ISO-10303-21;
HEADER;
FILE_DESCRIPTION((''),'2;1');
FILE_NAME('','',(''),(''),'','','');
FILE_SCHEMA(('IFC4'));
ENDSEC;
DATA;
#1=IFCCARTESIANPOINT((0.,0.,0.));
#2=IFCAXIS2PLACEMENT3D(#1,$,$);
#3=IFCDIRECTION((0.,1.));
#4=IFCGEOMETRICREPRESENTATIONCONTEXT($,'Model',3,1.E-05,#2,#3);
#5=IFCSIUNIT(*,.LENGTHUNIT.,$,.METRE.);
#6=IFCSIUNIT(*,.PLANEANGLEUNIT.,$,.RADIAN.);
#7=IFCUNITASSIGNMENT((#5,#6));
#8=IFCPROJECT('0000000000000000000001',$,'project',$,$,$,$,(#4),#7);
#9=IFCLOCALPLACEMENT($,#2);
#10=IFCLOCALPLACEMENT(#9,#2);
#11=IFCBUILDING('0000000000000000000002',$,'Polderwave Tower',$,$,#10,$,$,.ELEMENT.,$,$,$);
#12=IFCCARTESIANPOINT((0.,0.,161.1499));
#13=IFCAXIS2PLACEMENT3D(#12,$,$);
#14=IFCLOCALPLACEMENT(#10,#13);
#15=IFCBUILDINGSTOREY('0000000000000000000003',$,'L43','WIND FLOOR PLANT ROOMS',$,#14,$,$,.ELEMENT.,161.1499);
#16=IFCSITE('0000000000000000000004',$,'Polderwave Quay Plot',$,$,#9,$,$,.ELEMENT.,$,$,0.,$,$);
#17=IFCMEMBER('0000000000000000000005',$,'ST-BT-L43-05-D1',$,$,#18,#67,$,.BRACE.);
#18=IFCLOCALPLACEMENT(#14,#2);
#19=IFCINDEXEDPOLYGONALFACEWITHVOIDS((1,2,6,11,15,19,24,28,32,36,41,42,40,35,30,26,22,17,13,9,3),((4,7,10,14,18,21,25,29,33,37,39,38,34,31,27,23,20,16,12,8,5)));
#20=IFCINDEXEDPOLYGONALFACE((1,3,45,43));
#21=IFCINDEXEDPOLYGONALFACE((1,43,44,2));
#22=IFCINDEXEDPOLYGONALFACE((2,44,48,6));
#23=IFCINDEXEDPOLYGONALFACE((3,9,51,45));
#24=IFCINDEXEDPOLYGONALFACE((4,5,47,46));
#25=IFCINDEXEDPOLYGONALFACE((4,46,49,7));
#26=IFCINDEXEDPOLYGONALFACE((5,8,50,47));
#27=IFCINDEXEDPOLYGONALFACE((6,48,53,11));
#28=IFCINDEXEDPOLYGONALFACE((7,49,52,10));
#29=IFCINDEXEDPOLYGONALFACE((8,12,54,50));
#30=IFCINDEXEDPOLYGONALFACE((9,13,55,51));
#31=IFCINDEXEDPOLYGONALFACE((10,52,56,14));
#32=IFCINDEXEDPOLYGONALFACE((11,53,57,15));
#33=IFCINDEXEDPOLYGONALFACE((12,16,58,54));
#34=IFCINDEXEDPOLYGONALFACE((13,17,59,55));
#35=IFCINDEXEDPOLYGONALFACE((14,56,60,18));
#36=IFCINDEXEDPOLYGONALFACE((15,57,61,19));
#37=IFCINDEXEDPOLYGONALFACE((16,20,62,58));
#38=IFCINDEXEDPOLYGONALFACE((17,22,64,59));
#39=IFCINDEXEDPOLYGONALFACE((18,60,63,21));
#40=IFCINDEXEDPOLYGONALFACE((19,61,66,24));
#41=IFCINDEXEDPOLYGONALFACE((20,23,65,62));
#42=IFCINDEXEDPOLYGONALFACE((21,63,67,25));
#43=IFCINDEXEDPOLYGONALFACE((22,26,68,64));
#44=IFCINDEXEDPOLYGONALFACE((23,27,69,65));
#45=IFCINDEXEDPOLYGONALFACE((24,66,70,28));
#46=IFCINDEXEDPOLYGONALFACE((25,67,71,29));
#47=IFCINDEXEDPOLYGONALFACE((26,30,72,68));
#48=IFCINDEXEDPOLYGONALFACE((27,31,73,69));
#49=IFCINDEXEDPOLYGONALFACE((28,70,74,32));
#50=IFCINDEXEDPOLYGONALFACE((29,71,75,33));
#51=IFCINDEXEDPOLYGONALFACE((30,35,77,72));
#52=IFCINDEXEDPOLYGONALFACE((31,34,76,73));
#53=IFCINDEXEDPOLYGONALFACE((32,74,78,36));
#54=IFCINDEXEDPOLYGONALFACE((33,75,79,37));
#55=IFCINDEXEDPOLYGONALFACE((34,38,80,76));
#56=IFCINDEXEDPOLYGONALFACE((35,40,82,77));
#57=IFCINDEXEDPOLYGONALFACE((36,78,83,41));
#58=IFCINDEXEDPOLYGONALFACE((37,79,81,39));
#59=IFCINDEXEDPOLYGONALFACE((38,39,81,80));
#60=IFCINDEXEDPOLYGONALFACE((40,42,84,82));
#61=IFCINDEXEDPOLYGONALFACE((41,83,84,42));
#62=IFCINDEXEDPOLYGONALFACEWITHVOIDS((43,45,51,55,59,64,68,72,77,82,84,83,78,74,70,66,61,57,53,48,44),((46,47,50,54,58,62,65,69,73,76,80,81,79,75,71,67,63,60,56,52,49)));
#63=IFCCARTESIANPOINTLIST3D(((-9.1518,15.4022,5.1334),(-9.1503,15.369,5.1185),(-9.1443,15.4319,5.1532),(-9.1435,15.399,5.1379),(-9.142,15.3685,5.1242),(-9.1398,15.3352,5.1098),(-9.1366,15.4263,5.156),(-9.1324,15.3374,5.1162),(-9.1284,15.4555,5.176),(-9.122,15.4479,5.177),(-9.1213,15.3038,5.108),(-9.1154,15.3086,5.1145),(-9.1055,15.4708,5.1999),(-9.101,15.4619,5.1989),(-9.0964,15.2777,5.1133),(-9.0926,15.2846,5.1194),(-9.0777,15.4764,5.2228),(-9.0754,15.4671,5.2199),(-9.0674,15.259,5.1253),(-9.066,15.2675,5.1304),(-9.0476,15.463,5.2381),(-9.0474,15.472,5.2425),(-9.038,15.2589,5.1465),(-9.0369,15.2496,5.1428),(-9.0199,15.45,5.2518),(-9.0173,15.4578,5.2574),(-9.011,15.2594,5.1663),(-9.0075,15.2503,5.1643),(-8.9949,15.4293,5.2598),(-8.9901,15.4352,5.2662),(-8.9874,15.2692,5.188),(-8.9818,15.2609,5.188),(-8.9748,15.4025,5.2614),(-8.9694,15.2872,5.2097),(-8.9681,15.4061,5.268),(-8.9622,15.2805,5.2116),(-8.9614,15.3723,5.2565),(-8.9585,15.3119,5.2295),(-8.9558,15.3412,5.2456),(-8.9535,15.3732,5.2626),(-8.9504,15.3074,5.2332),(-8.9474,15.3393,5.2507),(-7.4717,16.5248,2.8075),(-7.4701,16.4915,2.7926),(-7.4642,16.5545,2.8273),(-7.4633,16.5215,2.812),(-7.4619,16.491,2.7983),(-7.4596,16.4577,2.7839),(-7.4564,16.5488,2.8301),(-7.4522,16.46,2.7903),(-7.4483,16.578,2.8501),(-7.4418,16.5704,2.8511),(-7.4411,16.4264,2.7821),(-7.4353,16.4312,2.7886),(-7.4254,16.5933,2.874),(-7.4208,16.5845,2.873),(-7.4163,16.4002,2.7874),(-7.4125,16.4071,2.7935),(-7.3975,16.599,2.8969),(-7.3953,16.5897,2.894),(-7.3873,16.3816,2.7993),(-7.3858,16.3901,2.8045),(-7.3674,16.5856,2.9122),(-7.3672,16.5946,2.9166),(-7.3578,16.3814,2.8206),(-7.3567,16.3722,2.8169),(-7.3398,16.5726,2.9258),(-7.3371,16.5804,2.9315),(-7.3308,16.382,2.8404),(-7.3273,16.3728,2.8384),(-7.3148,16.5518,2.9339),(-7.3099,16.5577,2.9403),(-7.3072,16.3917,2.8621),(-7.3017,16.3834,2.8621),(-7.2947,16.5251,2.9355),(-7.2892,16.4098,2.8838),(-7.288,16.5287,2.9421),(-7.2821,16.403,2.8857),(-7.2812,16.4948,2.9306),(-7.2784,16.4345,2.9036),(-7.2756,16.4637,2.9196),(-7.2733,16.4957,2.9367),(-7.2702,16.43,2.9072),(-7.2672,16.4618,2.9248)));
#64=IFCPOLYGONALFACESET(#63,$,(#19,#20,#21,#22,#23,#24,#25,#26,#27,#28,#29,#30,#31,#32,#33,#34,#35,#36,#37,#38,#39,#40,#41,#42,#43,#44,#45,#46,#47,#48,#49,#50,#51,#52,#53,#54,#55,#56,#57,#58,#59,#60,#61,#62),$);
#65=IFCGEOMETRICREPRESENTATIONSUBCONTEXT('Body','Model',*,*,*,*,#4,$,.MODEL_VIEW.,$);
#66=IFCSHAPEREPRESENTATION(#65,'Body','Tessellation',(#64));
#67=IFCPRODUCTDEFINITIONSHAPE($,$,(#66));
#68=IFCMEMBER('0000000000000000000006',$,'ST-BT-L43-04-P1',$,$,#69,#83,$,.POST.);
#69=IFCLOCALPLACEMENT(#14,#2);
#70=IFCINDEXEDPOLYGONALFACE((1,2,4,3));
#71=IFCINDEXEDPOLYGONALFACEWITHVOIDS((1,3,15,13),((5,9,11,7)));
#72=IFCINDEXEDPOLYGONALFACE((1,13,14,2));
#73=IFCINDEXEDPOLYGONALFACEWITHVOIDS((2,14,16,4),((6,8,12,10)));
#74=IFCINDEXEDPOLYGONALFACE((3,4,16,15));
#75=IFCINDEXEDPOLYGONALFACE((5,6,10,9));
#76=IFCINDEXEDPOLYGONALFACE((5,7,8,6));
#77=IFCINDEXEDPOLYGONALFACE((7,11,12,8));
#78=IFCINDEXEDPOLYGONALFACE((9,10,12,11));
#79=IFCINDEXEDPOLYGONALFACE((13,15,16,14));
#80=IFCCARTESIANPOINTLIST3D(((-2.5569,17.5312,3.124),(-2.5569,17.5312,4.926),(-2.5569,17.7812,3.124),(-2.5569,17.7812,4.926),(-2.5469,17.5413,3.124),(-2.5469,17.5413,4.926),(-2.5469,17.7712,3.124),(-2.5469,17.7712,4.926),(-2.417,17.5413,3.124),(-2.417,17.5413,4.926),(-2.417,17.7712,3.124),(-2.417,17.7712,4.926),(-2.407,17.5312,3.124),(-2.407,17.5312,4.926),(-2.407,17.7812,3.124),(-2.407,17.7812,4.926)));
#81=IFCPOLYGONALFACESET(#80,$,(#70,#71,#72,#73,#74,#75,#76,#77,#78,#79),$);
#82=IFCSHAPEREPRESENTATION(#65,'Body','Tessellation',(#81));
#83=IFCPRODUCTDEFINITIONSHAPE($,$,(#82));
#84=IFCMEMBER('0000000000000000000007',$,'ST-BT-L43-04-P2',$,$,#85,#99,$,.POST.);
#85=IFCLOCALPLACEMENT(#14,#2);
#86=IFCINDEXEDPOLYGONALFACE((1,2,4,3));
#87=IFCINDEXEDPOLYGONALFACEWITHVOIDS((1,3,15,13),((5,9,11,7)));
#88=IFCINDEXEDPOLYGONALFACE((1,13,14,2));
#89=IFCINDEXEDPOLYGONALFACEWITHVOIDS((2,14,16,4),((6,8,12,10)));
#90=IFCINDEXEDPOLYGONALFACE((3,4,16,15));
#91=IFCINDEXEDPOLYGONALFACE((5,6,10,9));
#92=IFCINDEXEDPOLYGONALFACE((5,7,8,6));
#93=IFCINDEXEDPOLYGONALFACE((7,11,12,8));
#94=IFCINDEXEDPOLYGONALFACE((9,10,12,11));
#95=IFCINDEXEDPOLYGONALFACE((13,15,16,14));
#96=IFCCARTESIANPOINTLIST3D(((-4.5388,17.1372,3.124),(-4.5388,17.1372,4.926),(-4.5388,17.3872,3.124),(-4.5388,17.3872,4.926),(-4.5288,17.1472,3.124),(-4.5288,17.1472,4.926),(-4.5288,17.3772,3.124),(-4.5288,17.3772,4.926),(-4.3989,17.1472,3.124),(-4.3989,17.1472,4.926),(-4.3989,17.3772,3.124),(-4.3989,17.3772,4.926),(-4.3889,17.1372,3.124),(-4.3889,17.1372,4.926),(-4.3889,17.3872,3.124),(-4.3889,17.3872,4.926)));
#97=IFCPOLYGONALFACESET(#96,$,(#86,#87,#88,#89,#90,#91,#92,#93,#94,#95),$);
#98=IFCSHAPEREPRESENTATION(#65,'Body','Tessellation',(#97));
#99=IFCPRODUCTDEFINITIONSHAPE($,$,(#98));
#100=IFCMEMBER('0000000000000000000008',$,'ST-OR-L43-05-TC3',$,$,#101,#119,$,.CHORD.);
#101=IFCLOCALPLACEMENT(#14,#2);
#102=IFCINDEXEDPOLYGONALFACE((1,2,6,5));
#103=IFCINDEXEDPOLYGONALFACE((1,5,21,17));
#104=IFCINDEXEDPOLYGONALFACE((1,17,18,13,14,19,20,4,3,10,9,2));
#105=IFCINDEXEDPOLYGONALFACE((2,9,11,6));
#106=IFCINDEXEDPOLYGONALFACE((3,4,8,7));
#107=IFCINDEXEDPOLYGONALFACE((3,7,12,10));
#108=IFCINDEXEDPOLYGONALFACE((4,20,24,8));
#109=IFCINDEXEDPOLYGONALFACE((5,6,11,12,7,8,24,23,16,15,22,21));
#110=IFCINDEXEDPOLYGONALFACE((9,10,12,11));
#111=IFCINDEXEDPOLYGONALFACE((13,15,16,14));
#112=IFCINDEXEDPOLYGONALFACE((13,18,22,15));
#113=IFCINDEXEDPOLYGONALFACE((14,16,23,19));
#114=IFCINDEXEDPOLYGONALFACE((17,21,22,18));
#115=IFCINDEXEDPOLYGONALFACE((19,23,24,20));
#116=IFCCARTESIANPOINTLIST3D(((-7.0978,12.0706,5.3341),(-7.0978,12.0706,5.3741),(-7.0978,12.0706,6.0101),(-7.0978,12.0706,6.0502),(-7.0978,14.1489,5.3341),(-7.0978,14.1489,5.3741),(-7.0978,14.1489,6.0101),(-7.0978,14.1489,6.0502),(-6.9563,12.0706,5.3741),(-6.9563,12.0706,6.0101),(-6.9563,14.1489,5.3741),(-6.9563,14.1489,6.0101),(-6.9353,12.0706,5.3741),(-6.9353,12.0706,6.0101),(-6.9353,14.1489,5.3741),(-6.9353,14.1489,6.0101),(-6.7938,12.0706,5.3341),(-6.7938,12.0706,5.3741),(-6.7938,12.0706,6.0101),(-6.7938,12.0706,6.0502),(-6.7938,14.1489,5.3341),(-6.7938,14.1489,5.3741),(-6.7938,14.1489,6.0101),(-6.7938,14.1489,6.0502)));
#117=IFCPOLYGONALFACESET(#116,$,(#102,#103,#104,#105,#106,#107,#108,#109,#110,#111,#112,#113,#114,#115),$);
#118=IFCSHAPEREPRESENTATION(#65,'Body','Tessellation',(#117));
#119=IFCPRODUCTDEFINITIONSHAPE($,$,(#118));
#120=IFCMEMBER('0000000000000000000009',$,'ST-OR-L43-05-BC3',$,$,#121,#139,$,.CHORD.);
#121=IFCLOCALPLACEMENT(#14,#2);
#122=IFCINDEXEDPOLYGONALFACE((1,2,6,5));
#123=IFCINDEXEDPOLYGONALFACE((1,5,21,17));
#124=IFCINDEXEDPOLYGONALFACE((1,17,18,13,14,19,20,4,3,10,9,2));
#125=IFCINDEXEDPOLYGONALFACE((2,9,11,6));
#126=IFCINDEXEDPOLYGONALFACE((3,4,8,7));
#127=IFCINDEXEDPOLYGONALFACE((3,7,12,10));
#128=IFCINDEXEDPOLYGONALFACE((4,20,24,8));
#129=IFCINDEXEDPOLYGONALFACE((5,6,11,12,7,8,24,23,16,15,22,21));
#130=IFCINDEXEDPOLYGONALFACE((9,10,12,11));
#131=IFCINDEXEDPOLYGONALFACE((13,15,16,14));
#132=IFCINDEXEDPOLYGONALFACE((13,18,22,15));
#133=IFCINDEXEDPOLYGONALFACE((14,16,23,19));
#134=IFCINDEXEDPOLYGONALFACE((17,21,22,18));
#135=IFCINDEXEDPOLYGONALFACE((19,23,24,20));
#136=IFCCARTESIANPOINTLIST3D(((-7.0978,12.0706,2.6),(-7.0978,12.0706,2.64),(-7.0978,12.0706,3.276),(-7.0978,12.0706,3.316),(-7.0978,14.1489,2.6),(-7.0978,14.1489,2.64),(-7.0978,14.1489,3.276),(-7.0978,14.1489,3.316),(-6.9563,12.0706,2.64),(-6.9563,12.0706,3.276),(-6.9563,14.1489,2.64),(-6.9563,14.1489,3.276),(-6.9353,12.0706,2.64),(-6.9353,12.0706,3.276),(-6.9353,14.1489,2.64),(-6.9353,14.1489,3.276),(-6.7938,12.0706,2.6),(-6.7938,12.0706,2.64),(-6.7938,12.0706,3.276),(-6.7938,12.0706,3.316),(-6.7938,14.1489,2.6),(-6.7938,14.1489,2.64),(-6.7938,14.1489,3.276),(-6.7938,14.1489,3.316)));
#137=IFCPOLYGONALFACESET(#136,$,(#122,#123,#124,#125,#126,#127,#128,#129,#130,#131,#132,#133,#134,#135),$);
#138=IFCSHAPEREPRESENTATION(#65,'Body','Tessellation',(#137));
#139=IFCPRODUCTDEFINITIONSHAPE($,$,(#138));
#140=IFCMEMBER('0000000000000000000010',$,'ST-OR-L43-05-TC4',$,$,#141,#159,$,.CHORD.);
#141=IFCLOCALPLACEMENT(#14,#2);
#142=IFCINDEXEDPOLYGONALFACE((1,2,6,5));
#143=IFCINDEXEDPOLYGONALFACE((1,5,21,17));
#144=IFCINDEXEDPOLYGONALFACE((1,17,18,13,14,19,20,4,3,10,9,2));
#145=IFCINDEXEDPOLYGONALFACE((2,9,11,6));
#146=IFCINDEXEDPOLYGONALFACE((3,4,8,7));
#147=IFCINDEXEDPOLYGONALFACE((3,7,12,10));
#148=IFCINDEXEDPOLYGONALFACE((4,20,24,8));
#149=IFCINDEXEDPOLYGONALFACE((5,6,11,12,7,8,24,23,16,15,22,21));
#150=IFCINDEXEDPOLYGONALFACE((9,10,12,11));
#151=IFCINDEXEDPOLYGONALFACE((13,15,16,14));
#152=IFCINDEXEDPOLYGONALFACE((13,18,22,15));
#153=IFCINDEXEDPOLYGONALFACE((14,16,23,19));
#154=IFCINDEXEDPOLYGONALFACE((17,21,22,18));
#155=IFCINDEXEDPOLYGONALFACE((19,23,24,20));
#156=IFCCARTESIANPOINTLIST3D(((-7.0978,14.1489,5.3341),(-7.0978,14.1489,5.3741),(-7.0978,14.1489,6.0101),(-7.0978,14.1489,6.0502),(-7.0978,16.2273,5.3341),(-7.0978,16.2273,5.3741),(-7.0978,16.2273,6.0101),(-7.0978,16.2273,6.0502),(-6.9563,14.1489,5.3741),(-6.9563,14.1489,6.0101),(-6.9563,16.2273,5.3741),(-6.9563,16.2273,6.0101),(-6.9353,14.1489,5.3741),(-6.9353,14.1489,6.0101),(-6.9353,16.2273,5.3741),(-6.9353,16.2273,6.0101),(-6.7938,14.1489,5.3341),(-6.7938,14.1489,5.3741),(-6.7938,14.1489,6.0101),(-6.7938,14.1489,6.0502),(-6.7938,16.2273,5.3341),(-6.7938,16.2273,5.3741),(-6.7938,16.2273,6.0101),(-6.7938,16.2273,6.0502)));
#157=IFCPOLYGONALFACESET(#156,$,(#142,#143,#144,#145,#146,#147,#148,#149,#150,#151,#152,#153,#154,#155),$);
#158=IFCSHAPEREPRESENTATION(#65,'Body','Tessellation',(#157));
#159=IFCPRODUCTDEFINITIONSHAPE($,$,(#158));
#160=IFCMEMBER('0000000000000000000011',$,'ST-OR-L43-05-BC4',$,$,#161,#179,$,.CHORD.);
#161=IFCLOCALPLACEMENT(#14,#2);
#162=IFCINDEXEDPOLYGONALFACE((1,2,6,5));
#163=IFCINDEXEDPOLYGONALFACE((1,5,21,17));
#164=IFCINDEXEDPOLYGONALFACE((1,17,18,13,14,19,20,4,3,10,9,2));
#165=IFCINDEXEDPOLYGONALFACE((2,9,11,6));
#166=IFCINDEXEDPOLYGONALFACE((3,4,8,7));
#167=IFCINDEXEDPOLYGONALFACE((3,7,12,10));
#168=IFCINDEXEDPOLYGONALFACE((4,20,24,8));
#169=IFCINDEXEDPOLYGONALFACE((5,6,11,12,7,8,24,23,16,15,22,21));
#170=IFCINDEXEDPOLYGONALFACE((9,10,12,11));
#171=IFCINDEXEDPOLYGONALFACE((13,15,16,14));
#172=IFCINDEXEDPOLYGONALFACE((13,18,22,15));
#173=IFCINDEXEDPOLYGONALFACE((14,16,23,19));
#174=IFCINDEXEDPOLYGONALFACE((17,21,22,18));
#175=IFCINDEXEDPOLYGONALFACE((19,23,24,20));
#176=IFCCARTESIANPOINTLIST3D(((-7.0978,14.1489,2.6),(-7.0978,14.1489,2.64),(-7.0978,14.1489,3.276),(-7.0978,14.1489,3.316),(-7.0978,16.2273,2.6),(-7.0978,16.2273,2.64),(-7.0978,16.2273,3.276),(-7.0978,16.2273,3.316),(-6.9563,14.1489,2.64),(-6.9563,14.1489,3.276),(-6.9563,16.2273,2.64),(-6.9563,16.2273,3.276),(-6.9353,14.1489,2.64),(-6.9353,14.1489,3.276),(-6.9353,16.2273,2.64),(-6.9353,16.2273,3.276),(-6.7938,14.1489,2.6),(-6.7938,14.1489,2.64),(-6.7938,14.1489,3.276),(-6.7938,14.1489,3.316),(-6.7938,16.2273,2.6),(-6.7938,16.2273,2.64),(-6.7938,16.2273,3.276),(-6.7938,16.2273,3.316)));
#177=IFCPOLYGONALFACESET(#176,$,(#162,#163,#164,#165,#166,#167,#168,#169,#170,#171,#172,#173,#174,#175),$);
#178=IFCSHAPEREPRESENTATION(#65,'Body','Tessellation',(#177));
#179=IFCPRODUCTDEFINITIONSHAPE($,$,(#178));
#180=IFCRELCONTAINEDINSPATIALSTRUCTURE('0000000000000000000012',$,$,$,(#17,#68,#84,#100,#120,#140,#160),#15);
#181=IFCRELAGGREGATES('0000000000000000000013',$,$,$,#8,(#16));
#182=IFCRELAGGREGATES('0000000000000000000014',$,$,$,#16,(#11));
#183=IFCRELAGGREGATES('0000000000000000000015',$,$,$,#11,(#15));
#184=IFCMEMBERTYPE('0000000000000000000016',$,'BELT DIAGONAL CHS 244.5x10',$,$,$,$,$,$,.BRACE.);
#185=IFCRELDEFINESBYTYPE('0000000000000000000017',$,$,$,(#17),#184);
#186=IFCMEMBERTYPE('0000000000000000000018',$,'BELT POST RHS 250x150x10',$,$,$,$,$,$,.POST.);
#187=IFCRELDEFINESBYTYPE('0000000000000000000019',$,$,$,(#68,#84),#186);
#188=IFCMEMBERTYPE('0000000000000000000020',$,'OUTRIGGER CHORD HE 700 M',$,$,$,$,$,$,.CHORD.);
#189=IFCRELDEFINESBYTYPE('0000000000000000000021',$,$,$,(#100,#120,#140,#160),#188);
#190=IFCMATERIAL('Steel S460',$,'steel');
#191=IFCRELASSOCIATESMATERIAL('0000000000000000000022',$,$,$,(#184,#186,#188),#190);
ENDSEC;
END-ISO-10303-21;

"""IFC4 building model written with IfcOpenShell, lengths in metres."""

from ifc_helpers import new_model, si_unit, direction, frame, origin, origin_2d, place, context, subcontext, project, spatial, hollow_rectangle, hollow_circle, i_section, extrude, material, material_profile, profile_set, type_object, element, save


model = new_model("IFC4")

# Units and contexts
model_context = context("Model", 3, precision=1e-05, world=origin(), true_north=direction((0.0, 1.0)))
body_context = subcontext(model_context, "Body", "Model", "MODEL_VIEW")
ifc_project = project(units=[si_unit("LENGTHUNIT", "METRE"), si_unit("PLANEANGLEUNIT", "RADIAN")], contexts=[model_context])

# Site, building, storey
site_placement = place(None, origin())
site = spatial("IfcSite", under=ifc_project, at=site_placement, Name="Polderwave Quay Plot", CompositionType="ELEMENT", RefElevation=0.0)
building_placement = place(site_placement, origin())
building = spatial("IfcBuilding", under=site, at=building_placement, Name="Polderwave Tower", CompositionType="ELEMENT")
storey_placement = place(building_placement, frame((0.0, 0.0, 161.1499)))
storey = spatial("IfcBuildingStorey", under=building, at=storey_placement, Name="L43", Description="WIND FLOOR PLANT ROOMS", CompositionType="ELEMENT", Elevation=161.1499)

# Members
ifc_material_1 = material(Name="Steel S460", Category="steel")
ifc_material_profile_1 = material_profile(ifc_material_1, hollow_circle(Radius=0.1223, WallThickness=0.01, at=origin_2d()), Name="CHS 244.5x10")
ifc_profile_set_1 = profile_set([ifc_material_profile_1], Name="Steel S460")
member_type_1 = type_object("IfcMemberType", Name="BELT DIAGONAL CHS 244.5x10", PredefinedType="BRACE", material=ifc_profile_set_1)
for number, where, z_axis, x_axis, name in (
    (1, (-7.3696, 16.4851, 2.8621), (-0.54532, -0.364339, 0.754906), (0.555536, -0.831492, 0.0), "ST-BT-L43-05-D1"),
):
    element("IfcMember", number, at=place(storey_placement, frame(where, z_axis=z_axis, x_axis=x_axis)), inside=storey, type_object=member_type_1, Name=name, PredefinedType="BRACE", context=body_context, shape_type="SweptSolid", body=[
        extrude(hollow_circle(Radius=0.1223, WallThickness=0.01, at=origin_2d()), origin(), (0.0, 0.0, 1.0), 3.0811),
    ])
ifc_material_profile_2 = material_profile(ifc_material_1, hollow_rectangle(XDim=0.1499, YDim=0.25, WallThickness=0.01, at=origin_2d()), Name="RHS 250x150x10")
ifc_profile_set_2 = profile_set([ifc_material_profile_2], Name="Steel S460")
member_type_2 = type_object("IfcMemberType", Name="BELT POST RHS 250x150x10", PredefinedType="POST", material=ifc_profile_set_2)
for number, where, z_axis, x_axis, name in (
    (2, (-2.4819, 17.6562, 3.124), (0.0, 0.0, 1.0), (1.0, 0.0, 0.0), "ST-BT-L43-04-P1"),
    (3, (-4.4639, 17.2622, 3.124), (0.0, 0.0, 1.0), (1.0, 0.0, 0.0), "ST-BT-L43-04-P2"),
):
    element("IfcMember", number, at=place(storey_placement, frame(where, z_axis=z_axis, x_axis=x_axis)), inside=storey, type_object=member_type_2, Name=name, PredefinedType="POST", context=body_context, shape_type="SweptSolid", body=[
        extrude(hollow_rectangle(XDim=0.1499, YDim=0.25, WallThickness=0.01, at=origin_2d()), origin(), (0.0, 0.0, 1.0), 1.802),
    ])
ifc_material_profile_3 = material_profile(ifc_material_1, i_section(OverallWidth=0.304, OverallDepth=0.7161, WebThickness=0.021, FlangeThickness=0.04, at=origin_2d()), Name="HE 700 M")
ifc_profile_set_3 = profile_set([ifc_material_profile_3], Name="Steel S460")
member_type_3 = type_object("IfcMemberType", Name="OUTRIGGER CHORD HE 700 M", PredefinedType="CHORD", material=ifc_profile_set_3)
for number, where, z_axis, x_axis, name in (
    (4, (-6.9458, 12.0706, 5.6921), (0.0, 1.0, 0.0), (-1.0, 0.0, 0.0), "ST-OR-L43-05-TC3"),
    (5, (-6.9458, 12.0706, 2.958), (0.0, 1.0, 0.0), (-1.0, 0.0, 0.0), "ST-OR-L43-05-BC3"),
    (6, (-6.9458, 14.1489, 5.6921), (0.0, 1.0, 0.0), (-1.0, 0.0, 0.0), "ST-OR-L43-05-TC4"),
    (7, (-6.9458, 14.1489, 2.958), (0.0, 1.0, 0.0), (-1.0, 0.0, 0.0), "ST-OR-L43-05-BC4"),
):
    element("IfcMember", number, at=place(storey_placement, frame(where, z_axis=z_axis, x_axis=x_axis)), inside=storey, type_object=member_type_3, Name=name, PredefinedType="CHORD", context=body_context, shape_type="SweptSolid", body=[
        extrude(i_section(OverallWidth=0.304, OverallDepth=0.7161, WebThickness=0.021, FlangeThickness=0.04, at=origin_2d()), origin(), (0.0, 0.0, 1.0), 2.0784),
    ])

save(model, "model.ifc")
